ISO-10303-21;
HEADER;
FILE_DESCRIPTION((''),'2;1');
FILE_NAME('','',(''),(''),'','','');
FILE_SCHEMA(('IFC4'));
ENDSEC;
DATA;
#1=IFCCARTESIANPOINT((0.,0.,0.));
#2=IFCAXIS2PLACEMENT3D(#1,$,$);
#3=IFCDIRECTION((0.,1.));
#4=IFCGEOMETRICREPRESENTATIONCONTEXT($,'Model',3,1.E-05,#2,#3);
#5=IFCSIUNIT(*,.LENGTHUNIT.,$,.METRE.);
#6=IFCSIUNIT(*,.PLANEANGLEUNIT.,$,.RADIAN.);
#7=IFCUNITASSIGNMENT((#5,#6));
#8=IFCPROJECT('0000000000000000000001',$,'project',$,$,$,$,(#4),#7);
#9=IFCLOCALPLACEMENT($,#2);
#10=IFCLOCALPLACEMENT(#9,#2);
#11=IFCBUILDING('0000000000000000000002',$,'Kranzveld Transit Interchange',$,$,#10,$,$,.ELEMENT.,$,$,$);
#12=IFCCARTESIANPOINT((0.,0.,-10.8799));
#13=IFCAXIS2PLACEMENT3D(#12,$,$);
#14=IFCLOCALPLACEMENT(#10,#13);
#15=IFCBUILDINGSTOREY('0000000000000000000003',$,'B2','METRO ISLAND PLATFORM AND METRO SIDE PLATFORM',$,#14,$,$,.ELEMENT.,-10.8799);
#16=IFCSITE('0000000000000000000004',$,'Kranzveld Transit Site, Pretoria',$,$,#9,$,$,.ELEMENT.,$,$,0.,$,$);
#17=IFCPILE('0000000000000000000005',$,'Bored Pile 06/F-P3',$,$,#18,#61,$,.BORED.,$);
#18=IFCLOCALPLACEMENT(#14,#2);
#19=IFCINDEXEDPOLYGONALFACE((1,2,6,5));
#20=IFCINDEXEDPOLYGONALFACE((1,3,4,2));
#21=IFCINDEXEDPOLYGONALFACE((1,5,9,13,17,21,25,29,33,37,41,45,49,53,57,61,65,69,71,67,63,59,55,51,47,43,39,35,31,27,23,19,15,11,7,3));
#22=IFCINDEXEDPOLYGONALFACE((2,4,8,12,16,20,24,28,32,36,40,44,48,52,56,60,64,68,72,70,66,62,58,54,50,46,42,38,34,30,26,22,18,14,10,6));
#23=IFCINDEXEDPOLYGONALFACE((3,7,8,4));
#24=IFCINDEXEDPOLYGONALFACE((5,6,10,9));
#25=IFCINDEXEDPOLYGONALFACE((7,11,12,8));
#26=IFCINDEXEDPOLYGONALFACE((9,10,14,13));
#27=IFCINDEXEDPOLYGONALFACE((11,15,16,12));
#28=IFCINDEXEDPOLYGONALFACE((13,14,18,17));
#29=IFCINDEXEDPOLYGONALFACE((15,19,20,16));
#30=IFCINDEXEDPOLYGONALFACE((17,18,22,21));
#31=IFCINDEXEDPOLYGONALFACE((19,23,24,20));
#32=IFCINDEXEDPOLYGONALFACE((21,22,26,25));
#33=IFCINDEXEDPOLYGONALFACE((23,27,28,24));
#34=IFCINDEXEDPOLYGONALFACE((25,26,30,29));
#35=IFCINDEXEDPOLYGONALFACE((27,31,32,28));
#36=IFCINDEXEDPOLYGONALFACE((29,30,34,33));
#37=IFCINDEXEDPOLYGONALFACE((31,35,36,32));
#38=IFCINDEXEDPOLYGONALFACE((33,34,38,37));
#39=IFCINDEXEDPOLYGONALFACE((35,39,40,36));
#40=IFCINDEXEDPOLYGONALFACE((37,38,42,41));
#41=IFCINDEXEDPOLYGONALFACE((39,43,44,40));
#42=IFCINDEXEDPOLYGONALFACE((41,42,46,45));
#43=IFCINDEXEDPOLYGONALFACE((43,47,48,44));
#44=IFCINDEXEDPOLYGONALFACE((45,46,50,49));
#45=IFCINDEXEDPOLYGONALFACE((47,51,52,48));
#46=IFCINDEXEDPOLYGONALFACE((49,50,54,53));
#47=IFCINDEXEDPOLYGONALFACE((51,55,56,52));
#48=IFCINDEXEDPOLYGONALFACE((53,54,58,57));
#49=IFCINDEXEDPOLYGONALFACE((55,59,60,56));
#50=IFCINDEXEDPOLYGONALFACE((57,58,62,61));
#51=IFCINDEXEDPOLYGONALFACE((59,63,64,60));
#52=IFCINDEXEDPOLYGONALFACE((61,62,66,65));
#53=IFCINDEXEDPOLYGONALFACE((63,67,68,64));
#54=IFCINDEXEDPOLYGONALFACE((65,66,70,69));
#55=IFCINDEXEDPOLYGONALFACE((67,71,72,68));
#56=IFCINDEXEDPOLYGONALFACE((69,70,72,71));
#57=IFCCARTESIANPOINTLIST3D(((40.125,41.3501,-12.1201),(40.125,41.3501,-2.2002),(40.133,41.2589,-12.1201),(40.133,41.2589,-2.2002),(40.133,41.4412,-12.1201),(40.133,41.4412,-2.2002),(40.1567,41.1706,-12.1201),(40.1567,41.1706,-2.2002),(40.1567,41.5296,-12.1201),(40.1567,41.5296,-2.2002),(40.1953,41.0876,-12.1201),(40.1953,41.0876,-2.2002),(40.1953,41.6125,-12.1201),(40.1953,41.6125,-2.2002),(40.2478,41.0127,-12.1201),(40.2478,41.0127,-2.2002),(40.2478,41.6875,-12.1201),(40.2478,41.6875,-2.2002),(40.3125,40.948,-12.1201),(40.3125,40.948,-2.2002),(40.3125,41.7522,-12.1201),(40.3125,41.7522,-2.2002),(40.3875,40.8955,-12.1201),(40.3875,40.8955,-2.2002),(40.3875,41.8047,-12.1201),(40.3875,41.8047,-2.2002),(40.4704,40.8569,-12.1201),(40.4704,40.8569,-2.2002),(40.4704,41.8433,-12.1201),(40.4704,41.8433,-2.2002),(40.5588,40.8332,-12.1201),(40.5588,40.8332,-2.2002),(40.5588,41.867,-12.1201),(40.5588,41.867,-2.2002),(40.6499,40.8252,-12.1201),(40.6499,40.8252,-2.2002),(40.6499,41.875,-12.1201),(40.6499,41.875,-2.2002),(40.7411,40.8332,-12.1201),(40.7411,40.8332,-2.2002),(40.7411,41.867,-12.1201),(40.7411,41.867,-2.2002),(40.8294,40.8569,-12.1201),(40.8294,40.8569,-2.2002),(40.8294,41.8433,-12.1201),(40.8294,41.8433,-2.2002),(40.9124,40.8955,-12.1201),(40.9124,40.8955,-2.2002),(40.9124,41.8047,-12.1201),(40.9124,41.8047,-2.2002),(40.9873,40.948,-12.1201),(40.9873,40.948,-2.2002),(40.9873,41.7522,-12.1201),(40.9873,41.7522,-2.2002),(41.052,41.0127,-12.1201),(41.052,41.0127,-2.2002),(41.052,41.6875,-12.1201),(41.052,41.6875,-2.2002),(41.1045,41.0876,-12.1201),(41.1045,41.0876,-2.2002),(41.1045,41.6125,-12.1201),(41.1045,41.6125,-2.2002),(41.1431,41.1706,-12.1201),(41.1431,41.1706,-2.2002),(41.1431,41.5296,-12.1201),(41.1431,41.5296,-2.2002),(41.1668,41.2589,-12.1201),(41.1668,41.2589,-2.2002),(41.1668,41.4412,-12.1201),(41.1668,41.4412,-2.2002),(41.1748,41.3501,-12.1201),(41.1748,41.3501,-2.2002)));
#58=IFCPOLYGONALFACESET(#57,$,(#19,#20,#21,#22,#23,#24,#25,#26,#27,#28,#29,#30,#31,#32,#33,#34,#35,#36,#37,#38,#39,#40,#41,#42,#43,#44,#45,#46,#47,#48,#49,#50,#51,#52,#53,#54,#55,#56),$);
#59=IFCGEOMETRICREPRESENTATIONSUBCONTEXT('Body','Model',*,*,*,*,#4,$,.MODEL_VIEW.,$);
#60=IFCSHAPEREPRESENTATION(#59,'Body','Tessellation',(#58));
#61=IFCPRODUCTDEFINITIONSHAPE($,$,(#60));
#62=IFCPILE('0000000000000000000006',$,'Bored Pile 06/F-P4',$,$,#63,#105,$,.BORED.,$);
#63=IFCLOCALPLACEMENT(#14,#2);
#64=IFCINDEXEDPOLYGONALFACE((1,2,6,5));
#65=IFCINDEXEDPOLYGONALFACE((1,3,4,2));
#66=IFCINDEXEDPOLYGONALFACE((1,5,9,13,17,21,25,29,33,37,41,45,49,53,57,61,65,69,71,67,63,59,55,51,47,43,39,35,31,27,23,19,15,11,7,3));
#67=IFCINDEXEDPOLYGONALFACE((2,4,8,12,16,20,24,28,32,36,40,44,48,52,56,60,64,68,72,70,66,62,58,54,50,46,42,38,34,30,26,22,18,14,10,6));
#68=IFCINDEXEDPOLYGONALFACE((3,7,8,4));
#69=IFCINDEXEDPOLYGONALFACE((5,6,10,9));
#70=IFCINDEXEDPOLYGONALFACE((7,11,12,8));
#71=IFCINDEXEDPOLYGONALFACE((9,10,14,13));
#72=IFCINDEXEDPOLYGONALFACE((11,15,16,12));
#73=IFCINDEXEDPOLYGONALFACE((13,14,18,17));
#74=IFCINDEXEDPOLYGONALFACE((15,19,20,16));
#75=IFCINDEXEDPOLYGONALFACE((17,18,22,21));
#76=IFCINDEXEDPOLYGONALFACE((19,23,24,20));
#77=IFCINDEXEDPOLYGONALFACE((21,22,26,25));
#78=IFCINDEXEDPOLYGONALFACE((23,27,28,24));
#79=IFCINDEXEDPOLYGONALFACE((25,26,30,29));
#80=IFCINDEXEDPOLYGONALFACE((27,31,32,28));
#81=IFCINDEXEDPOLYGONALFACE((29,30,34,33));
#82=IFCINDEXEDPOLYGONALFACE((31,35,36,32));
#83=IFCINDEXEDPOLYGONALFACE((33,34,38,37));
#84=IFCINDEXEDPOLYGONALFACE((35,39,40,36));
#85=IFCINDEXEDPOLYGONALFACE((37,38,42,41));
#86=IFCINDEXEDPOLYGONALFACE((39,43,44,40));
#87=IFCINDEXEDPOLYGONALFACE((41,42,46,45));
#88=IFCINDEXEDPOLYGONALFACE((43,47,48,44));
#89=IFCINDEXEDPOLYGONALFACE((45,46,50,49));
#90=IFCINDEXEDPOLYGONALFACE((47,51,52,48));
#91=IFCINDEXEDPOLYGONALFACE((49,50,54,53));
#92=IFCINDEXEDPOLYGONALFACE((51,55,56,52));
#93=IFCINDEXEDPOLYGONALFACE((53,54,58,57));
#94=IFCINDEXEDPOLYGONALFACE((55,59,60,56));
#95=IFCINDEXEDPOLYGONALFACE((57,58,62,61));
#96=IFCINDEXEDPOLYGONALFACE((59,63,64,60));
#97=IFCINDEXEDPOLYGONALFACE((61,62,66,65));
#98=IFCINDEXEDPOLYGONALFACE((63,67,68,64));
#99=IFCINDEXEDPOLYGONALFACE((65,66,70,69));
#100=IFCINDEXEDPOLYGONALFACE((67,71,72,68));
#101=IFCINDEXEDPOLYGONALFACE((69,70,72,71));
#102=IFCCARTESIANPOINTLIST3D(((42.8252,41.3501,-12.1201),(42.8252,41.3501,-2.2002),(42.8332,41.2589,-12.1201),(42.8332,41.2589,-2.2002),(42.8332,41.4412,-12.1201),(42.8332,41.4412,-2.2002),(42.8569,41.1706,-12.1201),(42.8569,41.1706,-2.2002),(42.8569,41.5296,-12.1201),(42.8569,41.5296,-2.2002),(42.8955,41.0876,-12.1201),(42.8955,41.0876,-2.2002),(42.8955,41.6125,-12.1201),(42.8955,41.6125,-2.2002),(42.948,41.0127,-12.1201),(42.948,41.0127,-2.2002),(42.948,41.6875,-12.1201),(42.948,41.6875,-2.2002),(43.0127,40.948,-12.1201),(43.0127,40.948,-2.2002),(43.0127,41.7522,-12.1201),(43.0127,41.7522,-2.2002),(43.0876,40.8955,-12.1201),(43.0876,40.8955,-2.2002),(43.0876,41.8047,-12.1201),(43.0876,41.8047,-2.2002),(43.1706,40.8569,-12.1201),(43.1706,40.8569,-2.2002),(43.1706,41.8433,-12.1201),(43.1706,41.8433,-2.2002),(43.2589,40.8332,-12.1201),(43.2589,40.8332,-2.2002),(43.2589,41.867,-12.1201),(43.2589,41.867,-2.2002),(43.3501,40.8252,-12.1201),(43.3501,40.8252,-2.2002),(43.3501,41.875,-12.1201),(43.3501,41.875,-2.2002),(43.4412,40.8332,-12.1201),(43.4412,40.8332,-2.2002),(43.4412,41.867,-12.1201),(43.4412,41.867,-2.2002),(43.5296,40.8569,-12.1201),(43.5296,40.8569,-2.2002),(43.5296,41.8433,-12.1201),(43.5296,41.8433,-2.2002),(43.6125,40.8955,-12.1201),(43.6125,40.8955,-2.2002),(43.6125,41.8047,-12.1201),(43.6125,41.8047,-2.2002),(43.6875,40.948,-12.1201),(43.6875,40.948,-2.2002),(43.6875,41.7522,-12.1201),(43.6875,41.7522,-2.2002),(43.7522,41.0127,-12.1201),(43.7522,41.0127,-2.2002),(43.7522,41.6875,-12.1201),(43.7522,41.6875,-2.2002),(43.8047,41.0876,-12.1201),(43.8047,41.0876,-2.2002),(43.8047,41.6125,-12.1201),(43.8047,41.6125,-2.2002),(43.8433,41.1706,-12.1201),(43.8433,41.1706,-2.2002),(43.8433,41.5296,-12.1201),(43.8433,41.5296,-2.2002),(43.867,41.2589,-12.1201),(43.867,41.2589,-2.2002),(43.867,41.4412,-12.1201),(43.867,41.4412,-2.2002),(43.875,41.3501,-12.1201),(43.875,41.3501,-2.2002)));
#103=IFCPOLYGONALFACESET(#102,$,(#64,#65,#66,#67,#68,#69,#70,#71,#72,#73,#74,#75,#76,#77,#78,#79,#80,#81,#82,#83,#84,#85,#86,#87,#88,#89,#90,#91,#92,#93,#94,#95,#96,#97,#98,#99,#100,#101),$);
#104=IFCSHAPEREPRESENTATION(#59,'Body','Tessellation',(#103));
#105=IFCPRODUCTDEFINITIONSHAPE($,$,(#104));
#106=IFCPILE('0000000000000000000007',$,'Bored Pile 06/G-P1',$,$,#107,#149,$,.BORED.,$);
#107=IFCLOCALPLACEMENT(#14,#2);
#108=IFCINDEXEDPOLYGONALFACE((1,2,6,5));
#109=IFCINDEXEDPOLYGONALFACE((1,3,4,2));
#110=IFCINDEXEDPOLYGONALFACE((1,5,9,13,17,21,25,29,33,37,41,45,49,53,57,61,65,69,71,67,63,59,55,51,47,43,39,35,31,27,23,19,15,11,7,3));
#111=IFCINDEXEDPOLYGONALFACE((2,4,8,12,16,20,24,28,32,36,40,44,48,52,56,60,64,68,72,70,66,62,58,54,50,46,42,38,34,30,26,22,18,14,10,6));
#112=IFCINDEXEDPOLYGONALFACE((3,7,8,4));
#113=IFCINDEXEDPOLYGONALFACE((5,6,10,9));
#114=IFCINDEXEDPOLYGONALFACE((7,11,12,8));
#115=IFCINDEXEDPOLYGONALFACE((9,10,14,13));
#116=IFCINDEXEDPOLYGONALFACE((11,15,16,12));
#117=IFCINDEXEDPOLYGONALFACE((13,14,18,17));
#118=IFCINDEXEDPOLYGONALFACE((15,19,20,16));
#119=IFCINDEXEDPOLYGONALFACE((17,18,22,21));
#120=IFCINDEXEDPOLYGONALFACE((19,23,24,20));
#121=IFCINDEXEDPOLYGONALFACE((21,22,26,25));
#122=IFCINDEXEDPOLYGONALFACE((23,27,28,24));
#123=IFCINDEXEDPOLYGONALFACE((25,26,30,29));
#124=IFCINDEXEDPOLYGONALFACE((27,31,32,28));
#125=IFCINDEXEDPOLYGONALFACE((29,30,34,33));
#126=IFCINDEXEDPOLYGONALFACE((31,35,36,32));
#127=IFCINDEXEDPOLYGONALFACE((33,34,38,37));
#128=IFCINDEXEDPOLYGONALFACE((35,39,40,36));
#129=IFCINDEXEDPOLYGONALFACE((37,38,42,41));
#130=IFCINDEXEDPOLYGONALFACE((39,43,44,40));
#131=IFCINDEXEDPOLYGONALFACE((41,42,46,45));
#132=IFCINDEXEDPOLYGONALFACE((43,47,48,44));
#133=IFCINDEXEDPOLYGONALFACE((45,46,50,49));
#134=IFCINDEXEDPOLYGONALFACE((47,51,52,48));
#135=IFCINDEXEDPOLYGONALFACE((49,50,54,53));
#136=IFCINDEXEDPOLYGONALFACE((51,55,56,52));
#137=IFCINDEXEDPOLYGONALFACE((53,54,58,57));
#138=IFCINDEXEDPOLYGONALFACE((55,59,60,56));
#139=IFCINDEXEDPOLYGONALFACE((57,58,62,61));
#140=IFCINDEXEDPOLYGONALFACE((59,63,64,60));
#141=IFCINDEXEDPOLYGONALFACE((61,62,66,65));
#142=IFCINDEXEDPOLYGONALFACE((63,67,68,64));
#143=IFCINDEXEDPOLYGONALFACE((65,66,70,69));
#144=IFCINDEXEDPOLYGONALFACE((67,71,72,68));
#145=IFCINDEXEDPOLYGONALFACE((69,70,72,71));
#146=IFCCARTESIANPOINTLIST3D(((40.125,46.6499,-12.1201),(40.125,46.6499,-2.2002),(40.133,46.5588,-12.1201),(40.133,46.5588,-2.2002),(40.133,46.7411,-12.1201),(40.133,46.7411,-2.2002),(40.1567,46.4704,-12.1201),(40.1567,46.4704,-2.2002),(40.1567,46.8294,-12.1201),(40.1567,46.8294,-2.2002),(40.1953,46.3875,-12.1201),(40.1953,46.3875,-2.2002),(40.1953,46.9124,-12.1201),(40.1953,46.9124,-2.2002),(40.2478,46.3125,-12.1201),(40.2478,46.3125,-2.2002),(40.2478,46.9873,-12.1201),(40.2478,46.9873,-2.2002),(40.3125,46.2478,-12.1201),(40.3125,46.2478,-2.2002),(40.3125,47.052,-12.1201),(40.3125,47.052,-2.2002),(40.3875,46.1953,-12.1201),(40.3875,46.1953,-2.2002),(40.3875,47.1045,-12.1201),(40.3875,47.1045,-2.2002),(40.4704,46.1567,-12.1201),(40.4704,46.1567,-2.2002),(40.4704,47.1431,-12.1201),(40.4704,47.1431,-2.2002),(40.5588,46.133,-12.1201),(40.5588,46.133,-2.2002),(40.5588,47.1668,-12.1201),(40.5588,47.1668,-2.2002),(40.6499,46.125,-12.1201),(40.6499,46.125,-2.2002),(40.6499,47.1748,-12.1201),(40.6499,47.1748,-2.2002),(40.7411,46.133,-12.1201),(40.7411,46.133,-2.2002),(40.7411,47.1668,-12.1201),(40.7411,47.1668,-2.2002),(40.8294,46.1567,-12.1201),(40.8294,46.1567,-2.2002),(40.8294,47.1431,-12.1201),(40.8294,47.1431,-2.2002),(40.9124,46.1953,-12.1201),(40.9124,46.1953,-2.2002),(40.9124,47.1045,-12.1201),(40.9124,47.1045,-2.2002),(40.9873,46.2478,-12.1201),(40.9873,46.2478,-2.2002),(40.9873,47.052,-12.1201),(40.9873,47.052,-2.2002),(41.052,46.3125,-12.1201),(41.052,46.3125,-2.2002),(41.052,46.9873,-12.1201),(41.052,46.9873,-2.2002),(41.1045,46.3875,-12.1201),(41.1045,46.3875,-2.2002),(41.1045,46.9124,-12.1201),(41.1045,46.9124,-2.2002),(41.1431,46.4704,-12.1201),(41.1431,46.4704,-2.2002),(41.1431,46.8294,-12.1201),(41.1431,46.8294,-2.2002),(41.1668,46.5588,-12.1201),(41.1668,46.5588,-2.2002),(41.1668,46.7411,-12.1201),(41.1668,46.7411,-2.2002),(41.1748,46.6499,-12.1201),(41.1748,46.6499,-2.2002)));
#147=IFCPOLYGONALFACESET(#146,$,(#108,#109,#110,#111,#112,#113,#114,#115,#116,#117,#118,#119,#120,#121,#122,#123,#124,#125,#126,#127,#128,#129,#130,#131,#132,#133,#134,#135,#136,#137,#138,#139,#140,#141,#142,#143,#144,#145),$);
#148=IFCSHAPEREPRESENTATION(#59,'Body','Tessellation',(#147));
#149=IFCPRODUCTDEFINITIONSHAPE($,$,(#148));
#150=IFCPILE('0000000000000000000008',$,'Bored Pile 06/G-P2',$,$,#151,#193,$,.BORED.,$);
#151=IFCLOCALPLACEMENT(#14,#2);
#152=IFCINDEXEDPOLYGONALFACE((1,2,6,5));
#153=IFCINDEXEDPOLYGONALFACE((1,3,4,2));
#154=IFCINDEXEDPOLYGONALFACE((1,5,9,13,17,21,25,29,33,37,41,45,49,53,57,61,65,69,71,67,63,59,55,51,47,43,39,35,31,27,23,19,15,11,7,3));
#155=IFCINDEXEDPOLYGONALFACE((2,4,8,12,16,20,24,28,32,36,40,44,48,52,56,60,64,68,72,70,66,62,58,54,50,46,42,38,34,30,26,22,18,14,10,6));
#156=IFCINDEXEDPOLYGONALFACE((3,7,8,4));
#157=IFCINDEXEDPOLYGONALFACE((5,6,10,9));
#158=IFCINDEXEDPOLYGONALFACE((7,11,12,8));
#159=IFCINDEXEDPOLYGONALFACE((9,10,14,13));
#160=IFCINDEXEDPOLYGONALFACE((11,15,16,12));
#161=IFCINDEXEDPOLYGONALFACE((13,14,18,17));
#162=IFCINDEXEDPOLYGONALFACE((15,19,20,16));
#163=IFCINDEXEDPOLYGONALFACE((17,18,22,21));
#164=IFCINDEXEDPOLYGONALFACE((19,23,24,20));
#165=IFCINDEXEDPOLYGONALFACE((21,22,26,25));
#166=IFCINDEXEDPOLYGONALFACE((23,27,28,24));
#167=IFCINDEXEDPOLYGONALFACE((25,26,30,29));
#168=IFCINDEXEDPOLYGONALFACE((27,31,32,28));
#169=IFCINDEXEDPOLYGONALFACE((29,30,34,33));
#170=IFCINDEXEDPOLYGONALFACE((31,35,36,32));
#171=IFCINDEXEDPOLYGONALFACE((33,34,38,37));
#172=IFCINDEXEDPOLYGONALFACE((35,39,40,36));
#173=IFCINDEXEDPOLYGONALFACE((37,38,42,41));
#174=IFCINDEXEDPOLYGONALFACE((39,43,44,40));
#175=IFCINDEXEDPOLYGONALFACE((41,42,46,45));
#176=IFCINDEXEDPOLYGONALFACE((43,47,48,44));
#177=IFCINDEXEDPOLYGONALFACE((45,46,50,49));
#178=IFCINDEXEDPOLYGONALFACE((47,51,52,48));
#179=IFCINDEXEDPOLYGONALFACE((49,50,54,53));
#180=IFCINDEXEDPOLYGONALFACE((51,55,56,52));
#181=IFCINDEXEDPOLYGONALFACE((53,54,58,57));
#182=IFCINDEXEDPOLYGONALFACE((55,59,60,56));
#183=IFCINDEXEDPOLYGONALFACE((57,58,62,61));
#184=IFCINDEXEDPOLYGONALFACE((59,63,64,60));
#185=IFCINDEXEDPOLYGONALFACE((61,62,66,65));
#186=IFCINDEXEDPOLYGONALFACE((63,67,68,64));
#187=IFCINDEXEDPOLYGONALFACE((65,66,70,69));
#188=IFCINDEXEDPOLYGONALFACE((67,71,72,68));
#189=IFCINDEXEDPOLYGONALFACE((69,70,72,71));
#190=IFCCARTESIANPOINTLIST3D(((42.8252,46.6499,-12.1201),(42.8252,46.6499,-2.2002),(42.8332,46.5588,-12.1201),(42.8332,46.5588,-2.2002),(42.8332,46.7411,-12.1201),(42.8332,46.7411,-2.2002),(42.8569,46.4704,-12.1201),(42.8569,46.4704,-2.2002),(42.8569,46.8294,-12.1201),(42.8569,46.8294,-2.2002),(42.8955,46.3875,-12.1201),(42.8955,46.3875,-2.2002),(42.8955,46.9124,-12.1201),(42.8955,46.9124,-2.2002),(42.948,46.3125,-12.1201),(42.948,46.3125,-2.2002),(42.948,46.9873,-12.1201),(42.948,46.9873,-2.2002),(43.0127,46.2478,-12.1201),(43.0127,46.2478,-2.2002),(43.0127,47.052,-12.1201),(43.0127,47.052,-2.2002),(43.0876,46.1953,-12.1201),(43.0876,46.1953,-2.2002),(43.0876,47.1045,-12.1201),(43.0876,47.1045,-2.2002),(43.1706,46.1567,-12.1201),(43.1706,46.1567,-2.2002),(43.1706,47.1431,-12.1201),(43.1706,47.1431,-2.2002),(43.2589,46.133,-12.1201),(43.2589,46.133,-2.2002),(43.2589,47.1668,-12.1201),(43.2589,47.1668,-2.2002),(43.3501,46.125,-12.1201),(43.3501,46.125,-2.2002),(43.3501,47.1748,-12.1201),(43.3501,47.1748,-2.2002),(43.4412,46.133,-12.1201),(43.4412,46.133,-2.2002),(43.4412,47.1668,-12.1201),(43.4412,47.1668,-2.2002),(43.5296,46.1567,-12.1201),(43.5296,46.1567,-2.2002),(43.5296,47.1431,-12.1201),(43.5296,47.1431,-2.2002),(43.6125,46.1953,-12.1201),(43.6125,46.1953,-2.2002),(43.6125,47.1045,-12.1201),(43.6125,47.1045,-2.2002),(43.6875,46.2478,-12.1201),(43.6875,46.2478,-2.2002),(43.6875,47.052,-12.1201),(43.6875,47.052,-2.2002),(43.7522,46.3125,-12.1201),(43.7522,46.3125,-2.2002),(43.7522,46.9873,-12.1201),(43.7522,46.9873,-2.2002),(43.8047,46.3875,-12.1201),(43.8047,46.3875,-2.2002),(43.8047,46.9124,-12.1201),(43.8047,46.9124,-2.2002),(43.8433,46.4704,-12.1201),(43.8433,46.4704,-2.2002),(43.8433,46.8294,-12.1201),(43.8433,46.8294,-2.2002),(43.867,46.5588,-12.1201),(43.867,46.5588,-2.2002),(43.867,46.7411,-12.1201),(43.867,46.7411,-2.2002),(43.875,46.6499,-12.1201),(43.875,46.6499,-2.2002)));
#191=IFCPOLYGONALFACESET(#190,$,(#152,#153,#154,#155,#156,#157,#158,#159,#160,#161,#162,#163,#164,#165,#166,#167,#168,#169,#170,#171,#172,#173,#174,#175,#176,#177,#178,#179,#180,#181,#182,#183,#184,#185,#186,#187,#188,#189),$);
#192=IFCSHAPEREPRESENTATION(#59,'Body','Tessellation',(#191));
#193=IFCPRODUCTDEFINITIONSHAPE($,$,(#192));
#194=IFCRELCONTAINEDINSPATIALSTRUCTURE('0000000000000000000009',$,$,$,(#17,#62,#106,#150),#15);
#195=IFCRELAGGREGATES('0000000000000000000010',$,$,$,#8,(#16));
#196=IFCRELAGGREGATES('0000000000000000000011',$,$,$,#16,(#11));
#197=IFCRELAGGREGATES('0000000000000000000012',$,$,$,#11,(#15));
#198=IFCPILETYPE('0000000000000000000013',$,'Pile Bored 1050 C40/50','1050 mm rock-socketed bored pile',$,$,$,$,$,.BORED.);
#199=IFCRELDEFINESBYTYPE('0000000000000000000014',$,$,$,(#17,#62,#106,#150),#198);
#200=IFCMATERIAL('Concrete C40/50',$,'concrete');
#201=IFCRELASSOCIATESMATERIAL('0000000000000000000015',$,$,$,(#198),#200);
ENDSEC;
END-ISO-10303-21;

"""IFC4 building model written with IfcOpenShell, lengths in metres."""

from ifc_helpers import new_model, si_unit, direction, frame, origin, origin_2d, place, context, subcontext, project, spatial, circle, extrude, material, material_profile, profile_set, type_object, element, save


model = new_model("IFC4")

# Units and contexts
model_context = context("Model", 3, precision=1e-05, world=origin(), true_north=direction((0.0, 1.0)))
body_context = subcontext(model_context, "Body", "Model", "MODEL_VIEW")
ifc_project = project(units=[si_unit("LENGTHUNIT", "METRE"), si_unit("PLANEANGLEUNIT", "RADIAN")], contexts=[model_context])

# Site, building, storey
site_placement = place(None, origin())
site = spatial("IfcSite", under=ifc_project, at=site_placement, Name="Kranzveld Transit Site, Pretoria", CompositionType="ELEMENT", RefElevation=0.0)
building_placement = place(site_placement, origin())
building = spatial("IfcBuilding", under=site, at=building_placement, Name="Kranzveld Transit Interchange", CompositionType="ELEMENT")
storey_placement = place(building_placement, frame((0.0, 0.0, -10.8799)))
storey = spatial("IfcBuildingStorey", under=building, at=storey_placement, Name="B2", Description="METRO ISLAND PLATFORM AND METRO SIDE PLATFORM", CompositionType="ELEMENT", Elevation=-10.8799)

# Piles
ifc_material_1 = material(Name="Concrete C40/50", Category="concrete")
ifc_material_profile_1 = material_profile(ifc_material_1, circle(Radius=0.5249, at=origin_2d()), Name="BORED PILE 1050")
ifc_profile_set_1 = profile_set([ifc_material_profile_1], Name="Concrete C40/50")
pile_type_1 = type_object("IfcPileType", Name="Pile Bored 1050 C40/50", Description="1050 mm rock-socketed bored pile", PredefinedType="BORED", material=ifc_profile_set_1)
for number, where, z_axis, x_axis, name in (
    (1, (40.6499, 41.3501, -2.2002), (0.0, 0.0, -1.0), (1.0, 0.0, 0.0), "Bored Pile 06/F-P3"),
    (2, (43.3501, 41.3501, -2.2002), (0.0, 0.0, -1.0), (1.0, 0.0, 0.0), "Bored Pile 06/F-P4"),
    (3, (40.6499, 46.6499, -2.2002), (0.0, 0.0, -1.0), (1.0, 0.0, 0.0), "Bored Pile 06/G-P1"),
    (4, (43.3501, 46.6499, -2.2002), (0.0, 0.0, -1.0), (1.0, 0.0, 0.0), "Bored Pile 06/G-P2"),
):
    element("IfcPile", number, at=place(storey_placement, frame(where, z_axis=z_axis, x_axis=x_axis)), inside=storey, type_object=pile_type_1, Name=name, PredefinedType="BORED", context=body_context, shape_type="SweptSolid", body=[
        extrude(circle(Radius=0.5249, at=origin_2d()), origin(), (0.0, 0.0, 1.0), 9.9199),
    ])

save(model, "model.ifc")
